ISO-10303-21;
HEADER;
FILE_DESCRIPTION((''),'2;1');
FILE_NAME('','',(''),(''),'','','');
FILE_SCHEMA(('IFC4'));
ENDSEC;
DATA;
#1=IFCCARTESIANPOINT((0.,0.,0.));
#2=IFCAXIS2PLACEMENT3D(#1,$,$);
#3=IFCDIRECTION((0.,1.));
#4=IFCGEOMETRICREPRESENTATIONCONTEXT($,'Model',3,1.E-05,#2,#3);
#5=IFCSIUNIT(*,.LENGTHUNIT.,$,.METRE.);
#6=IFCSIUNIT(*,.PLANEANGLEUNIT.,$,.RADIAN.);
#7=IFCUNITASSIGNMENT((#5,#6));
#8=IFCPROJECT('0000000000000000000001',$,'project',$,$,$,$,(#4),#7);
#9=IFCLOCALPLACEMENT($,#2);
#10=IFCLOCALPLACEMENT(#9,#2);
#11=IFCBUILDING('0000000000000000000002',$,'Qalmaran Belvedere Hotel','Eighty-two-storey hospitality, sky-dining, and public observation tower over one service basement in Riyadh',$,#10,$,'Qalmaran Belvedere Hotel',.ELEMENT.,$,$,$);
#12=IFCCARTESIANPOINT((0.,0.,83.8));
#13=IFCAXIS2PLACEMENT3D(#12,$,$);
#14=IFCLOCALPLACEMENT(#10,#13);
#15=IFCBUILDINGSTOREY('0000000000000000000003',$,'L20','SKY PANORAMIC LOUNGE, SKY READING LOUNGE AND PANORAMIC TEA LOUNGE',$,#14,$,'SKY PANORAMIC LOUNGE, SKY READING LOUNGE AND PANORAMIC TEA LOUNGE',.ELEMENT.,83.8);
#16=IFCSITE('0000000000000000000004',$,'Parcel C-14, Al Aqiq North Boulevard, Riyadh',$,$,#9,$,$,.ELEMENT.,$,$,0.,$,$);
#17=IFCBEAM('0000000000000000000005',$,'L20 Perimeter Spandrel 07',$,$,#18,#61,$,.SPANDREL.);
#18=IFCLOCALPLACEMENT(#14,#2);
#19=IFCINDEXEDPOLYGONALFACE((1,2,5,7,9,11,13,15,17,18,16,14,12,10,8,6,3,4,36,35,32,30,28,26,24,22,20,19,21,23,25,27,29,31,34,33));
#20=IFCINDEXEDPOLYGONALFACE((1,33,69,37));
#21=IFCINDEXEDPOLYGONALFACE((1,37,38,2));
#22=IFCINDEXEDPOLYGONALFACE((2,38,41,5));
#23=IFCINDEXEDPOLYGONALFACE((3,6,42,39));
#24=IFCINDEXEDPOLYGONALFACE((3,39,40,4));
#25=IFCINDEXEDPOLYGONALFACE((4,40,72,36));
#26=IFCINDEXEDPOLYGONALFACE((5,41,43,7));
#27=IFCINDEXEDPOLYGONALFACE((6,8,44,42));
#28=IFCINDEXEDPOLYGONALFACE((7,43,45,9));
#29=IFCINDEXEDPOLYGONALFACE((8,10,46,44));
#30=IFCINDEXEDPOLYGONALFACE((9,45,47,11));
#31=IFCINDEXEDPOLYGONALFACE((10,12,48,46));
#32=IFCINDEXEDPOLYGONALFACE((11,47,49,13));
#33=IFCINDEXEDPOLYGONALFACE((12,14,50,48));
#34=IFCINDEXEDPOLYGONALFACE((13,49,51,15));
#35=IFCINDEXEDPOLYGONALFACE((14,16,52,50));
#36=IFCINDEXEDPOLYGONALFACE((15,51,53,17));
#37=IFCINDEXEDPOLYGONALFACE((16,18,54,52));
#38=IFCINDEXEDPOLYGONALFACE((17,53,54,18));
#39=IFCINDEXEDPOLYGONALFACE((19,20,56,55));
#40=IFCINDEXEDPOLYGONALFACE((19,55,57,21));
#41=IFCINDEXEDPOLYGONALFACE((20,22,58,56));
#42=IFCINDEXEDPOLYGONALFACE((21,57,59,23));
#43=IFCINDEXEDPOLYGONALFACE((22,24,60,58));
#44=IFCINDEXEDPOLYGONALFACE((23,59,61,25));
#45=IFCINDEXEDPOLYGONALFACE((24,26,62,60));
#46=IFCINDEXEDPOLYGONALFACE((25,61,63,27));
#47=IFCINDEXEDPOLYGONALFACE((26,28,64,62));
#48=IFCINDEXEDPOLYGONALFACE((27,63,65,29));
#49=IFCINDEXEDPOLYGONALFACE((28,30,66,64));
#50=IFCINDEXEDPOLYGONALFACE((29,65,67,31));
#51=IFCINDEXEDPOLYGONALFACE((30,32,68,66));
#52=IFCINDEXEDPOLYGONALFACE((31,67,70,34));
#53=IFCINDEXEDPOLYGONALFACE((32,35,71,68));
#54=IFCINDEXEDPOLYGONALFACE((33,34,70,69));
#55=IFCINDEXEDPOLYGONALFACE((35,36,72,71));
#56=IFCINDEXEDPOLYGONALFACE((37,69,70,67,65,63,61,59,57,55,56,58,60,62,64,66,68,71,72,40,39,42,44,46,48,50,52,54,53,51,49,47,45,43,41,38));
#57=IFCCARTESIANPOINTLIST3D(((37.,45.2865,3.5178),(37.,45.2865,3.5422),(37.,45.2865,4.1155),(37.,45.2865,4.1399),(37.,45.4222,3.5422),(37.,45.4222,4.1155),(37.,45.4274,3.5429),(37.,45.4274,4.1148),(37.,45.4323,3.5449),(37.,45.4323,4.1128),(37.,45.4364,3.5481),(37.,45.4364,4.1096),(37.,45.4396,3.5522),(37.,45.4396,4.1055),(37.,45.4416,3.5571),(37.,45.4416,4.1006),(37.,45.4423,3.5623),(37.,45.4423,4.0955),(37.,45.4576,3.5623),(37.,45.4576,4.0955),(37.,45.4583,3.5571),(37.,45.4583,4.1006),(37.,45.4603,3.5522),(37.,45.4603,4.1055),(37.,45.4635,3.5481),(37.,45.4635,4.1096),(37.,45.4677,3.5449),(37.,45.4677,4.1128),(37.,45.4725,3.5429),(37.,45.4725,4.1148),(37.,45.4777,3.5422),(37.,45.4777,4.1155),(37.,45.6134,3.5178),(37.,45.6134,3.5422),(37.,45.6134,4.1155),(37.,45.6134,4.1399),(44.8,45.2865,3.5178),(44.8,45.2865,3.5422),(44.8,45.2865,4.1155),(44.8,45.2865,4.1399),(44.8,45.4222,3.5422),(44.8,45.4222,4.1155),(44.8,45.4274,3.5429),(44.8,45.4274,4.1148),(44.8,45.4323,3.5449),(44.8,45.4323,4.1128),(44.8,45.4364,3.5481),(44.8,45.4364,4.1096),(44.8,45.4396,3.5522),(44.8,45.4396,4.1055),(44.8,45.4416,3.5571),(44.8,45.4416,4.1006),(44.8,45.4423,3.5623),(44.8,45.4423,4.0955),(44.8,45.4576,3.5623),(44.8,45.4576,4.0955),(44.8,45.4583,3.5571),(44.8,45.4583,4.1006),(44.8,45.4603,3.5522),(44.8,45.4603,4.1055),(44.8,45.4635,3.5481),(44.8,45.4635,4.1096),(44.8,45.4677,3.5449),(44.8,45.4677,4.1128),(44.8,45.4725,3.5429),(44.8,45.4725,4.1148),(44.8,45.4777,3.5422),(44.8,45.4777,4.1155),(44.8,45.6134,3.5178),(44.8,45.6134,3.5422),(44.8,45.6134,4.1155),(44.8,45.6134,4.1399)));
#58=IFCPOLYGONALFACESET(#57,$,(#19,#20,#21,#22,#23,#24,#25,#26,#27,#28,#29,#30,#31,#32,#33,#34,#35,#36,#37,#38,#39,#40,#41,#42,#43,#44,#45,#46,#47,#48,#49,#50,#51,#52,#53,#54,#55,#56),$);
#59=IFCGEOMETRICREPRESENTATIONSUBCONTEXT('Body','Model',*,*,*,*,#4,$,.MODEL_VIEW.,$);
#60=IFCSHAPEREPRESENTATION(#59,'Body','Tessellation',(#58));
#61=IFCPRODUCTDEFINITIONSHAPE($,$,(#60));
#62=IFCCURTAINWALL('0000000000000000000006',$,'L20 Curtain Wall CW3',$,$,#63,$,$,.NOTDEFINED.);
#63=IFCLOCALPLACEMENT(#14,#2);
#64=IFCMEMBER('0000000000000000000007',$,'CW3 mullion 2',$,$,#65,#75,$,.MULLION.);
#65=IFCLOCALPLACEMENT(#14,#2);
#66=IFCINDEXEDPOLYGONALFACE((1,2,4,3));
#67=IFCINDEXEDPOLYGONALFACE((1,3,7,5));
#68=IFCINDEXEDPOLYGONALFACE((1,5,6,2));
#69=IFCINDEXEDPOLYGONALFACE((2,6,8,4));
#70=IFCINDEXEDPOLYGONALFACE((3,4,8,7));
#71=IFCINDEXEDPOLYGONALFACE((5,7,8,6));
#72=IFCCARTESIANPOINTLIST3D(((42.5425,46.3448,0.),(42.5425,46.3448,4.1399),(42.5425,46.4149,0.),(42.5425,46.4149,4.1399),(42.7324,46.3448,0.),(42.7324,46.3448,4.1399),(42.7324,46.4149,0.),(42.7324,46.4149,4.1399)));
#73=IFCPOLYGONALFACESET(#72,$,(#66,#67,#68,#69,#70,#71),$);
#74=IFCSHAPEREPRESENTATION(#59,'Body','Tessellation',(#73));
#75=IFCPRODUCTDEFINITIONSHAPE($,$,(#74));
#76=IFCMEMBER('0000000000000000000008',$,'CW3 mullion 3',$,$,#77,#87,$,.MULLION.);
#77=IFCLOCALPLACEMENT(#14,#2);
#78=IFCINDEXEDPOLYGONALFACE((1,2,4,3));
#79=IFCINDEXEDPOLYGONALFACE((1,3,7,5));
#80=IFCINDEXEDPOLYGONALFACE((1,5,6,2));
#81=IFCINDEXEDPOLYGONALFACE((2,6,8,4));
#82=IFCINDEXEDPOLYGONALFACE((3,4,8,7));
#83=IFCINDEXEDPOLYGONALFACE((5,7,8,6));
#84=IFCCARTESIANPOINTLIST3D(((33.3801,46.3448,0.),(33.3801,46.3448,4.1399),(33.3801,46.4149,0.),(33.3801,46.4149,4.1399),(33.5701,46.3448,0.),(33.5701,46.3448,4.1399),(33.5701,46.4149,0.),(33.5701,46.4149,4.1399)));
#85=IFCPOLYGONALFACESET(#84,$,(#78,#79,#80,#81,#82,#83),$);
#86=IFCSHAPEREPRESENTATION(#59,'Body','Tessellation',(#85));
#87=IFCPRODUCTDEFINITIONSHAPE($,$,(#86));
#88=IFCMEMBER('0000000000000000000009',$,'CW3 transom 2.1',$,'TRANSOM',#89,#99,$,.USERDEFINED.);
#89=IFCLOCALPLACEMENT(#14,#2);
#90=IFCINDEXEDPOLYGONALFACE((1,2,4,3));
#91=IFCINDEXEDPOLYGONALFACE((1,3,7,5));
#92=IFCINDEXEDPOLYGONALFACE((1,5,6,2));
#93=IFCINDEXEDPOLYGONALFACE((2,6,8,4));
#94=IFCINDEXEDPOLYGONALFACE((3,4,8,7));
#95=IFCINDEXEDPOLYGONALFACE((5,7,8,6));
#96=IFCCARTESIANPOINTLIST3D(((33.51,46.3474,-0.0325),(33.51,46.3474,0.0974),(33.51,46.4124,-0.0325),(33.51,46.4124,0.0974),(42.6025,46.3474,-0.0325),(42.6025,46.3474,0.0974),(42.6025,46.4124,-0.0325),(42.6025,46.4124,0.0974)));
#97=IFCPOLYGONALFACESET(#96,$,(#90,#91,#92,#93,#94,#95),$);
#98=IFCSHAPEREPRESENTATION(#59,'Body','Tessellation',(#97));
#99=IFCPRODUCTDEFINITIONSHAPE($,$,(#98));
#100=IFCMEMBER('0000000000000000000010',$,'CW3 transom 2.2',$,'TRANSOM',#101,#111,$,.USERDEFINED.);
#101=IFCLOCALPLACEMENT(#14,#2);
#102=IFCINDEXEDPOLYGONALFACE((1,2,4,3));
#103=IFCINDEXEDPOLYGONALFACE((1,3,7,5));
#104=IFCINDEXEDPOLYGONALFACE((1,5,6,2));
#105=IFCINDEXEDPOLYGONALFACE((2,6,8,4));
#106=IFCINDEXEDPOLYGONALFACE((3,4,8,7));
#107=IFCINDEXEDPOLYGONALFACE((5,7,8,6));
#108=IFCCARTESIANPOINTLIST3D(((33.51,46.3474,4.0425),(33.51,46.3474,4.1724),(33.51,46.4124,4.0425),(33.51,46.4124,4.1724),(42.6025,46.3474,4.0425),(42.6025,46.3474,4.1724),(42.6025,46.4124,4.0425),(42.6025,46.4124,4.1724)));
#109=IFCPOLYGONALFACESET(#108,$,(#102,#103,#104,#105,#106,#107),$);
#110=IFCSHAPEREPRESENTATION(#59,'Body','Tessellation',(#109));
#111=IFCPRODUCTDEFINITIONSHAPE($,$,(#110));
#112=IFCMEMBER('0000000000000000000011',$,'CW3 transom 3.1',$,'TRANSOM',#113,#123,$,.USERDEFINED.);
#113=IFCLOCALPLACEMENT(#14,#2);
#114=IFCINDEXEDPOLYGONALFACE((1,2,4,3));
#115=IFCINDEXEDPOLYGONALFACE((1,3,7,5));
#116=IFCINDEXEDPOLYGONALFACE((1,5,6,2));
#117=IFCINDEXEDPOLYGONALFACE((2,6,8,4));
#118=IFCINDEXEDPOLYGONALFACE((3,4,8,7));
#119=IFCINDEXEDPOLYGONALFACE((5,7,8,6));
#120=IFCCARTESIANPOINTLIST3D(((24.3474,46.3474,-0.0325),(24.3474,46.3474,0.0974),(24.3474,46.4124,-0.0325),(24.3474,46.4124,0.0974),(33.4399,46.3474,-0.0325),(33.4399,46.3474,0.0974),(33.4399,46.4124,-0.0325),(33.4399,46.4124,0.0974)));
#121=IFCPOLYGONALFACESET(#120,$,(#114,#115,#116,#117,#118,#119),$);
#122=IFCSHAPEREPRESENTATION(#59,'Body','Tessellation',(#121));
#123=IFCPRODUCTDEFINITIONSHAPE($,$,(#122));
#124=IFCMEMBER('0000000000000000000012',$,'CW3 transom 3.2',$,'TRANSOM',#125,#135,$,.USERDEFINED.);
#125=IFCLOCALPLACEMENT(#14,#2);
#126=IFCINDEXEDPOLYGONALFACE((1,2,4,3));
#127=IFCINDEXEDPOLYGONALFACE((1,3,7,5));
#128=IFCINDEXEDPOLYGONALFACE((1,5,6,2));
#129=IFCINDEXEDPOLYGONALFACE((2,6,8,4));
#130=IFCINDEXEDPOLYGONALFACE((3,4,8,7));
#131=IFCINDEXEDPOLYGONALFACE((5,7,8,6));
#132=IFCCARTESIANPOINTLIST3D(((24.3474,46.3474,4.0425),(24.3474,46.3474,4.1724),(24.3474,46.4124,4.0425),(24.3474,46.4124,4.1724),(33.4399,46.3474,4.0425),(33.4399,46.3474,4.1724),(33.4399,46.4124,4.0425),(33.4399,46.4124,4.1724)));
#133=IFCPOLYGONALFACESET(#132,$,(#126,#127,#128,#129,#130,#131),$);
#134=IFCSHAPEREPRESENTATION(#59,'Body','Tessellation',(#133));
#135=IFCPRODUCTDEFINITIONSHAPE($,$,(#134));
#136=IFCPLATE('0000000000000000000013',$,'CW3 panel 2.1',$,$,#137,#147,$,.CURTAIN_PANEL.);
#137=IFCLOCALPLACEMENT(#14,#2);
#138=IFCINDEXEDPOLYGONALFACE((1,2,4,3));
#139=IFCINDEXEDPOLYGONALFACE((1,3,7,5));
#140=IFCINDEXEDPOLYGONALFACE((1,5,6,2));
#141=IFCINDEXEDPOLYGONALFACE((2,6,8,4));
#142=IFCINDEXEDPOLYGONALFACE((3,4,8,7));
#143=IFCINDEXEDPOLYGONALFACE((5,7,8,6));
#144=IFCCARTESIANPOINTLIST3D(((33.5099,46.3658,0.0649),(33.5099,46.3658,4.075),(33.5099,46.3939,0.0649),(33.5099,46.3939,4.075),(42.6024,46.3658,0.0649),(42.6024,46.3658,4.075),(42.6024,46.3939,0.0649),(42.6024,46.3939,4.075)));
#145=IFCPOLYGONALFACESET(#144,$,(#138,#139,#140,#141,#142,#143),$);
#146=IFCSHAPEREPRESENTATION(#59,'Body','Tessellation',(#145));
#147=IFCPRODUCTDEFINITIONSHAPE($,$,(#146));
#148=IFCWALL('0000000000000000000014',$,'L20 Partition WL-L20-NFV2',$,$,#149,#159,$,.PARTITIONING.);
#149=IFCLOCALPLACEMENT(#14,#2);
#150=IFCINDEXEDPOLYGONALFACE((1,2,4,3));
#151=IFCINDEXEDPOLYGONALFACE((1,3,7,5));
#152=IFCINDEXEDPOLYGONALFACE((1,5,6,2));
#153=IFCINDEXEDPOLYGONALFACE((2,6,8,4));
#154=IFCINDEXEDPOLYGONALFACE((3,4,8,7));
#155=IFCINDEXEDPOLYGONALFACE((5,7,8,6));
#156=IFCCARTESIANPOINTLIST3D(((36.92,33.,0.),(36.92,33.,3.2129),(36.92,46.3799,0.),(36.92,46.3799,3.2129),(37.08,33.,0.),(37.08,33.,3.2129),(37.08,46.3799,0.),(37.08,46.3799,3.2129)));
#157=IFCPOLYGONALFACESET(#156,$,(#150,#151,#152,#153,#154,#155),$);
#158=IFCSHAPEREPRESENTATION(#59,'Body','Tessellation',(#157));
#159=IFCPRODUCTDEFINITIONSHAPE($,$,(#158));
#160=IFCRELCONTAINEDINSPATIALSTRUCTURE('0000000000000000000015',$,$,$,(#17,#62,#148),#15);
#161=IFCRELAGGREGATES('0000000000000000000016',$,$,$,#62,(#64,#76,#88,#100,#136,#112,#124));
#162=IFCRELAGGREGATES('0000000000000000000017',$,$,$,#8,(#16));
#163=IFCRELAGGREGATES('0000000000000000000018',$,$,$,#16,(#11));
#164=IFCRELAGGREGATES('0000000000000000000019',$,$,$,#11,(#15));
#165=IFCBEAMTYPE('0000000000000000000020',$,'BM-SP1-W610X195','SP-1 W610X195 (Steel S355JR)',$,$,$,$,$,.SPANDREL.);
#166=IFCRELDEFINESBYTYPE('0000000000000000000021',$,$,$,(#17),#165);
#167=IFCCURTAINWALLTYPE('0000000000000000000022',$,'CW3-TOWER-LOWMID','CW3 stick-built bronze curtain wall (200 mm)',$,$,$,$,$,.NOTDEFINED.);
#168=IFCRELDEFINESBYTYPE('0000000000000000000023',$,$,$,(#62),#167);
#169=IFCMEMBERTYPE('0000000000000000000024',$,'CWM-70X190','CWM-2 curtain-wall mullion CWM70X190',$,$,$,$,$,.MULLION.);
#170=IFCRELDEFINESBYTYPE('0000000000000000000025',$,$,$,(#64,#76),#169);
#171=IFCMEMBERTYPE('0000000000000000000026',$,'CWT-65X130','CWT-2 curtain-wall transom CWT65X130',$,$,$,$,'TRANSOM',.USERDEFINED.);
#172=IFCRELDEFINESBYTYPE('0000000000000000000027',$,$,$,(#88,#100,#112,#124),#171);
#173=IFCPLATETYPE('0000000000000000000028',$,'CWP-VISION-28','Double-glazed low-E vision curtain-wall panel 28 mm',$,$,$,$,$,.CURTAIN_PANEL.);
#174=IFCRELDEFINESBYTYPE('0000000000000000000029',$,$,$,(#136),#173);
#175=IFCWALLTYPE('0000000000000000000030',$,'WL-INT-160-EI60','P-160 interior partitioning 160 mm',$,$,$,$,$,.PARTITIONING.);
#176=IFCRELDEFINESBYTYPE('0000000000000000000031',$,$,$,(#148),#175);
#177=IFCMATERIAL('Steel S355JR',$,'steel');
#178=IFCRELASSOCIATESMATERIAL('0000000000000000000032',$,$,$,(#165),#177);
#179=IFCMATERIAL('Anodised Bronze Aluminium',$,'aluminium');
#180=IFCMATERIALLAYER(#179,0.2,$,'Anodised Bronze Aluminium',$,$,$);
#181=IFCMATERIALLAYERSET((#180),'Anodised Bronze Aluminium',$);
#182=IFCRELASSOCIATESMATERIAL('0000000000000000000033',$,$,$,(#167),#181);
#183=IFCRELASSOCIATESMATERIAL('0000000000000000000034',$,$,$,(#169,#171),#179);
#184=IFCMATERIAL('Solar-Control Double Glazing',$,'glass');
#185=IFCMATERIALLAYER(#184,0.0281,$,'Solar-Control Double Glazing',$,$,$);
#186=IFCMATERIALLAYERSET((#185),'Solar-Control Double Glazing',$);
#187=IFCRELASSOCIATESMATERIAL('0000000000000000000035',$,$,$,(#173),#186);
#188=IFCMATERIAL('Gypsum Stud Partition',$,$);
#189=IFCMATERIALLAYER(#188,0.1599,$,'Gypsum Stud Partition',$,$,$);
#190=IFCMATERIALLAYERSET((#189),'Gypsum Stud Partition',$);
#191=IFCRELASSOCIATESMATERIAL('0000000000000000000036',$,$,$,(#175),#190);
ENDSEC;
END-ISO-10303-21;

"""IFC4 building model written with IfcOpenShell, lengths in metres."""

from ifc_helpers import new_model, si_unit, direction, frame, frame_2d, origin, origin_2d, place, context, subcontext, project, spatial, rectangle, i_section, extrude, material, layer, layer_set, material_profile, profile_set, type_object, element, aggregate, save


model = new_model("IFC4")

# Units and contexts
model_context = context("Model", 3, precision=1e-05, world=origin(), true_north=direction((0.0, 1.0)))
body_context = subcontext(model_context, "Body", "Model", "MODEL_VIEW")
ifc_project = project(units=[si_unit("LENGTHUNIT", "METRE"), si_unit("PLANEANGLEUNIT", "RADIAN")], contexts=[model_context])

# Site, building, storey
site_placement = place(None, origin())
site = spatial("IfcSite", under=ifc_project, at=site_placement, Name="Parcel C-14, Al Aqiq North Boulevard, Riyadh", CompositionType="ELEMENT", RefElevation=0.0)
building_placement = place(site_placement, origin())
building = spatial("IfcBuilding", under=site, at=building_placement, Name="Qalmaran Belvedere Hotel", Description="Eighty-two-storey hospitality, sky-dining, and public observation tower over one service basement in Riyadh", LongName="Qalmaran Belvedere Hotel", CompositionType="ELEMENT")
storey_placement = place(building_placement, frame((0.0, 0.0, 83.8)))
storey = spatial("IfcBuildingStorey", under=building, at=storey_placement, Name="L20", Description="SKY PANORAMIC LOUNGE, SKY READING LOUNGE AND PANORAMIC TEA LOUNGE", LongName="SKY PANORAMIC LOUNGE, SKY READING LOUNGE AND PANORAMIC TEA LOUNGE", CompositionType="ELEMENT", Elevation=83.8)

# Beam
ifc_material_1 = material(Name="Steel S355JR", Category="steel")
ifc_material_profile_1 = material_profile(ifc_material_1, i_section(OverallWidth=0.3269, OverallDepth=0.6221, WebThickness=0.0154, FlangeThickness=0.0244, FilletRadius=0.02, at=origin_2d()), Name="W610X195")
ifc_profile_set_1 = profile_set([ifc_material_profile_1], Name="Steel S355JR")
beam_type_1 = type_object("IfcBeamType", Name="BM-SP1-W610X195", Description="SP-1 W610X195 (Steel S355JR)", PredefinedType="SPANDREL", material=ifc_profile_set_1)
for number, where, z_axis, x_axis, name in (
    (1, (37.0, 45.45, 3.8289), (1.0, 0.0, 0.0), (0.0, 1.0, 0.0), "L20 Perimeter Spandrel 07"),
):
    element("IfcBeam", number, at=place(storey_placement, frame(where, z_axis=z_axis, x_axis=x_axis)), inside=storey, type_object=beam_type_1, Name=name, PredefinedType="SPANDREL", context=body_context, shape_type="SweptSolid", body=[
        extrude(i_section(OverallWidth=0.3269, OverallDepth=0.6221, WebThickness=0.0154, FlangeThickness=0.0244, FilletRadius=0.02, at=origin_2d()), origin(), (0.0, 0.0, 1.0), 7.8),
    ])

# Curtain wall, members, plate
ifc_material_2 = material(Name="Anodised Bronze Aluminium", Category="aluminium")
ifc_layer_1 = layer(ifc_material_2, 0.2, Name="Anodised Bronze Aluminium")
ifc_layer_set_1 = layer_set([ifc_layer_1], Name="Anodised Bronze Aluminium")
curtain_wall_type = type_object("IfcCurtainWallType", Name="CW3-TOWER-LOWMID", Description="CW3 stick-built bronze curtain wall (200 mm)", PredefinedType="NOTDEFINED", material=ifc_layer_set_1)
curtain_wall_placement = place(storey_placement, origin())
curtain_wall = element("IfcCurtainWall", 2, at=curtain_wall_placement, inside=storey, type_object=curtain_wall_type, Name="L20 Curtain Wall CW3", PredefinedType="NOTDEFINED")
ifc_material_profile_2 = material_profile(ifc_material_2, rectangle(XDim=0.0701, YDim=0.1899, at=origin_2d()), Name="CWM70X190")
ifc_profile_set_2 = profile_set([ifc_material_profile_2], Name="Anodised Bronze Aluminium")
member_type_1 = type_object("IfcMemberType", Name="CWM-70X190", Description="CWM-2 curtain-wall mullion CWM70X190", PredefinedType="MULLION", material=ifc_profile_set_2)
member_1_placement = place(storey_placement, frame((42.6375, 46.3799, 0.0), z_axis=(0.0, 0.0, 1.0), x_axis=(0.0, -1.0, 0.0)))
member_1 = element("IfcMember", 3, at=member_1_placement, type_object=member_type_1, Name="CW3 mullion 2", PredefinedType="MULLION", context=body_context, shape_type="SweptSolid", body=[
    extrude(rectangle(XDim=0.0701, YDim=0.1899, at=origin_2d()), origin(), (0.0, 0.0, 1.0), 4.1399),
])
member_2_placement = place(storey_placement, frame((33.4751, 46.3799, 0.0), z_axis=(0.0, 0.0, 1.0), x_axis=(0.0, -1.0, 0.0)))
member_2 = element("IfcMember", 4, at=member_2_placement, type_object=member_type_1, Name="CW3 mullion 3", PredefinedType="MULLION", context=body_context, shape_type="SweptSolid", body=[
    extrude(rectangle(XDim=0.0701, YDim=0.1899, at=origin_2d()), origin(), (0.0, 0.0, 1.0), 4.1399),
])
ifc_material_profile_3 = material_profile(ifc_material_2, rectangle(XDim=0.0649, YDim=0.1299, at=origin_2d()), Name="CWT65X130")
ifc_profile_set_3 = profile_set([ifc_material_profile_3], Name="Anodised Bronze Aluminium")
member_type_2 = type_object("IfcMemberType", Name="CWT-65X130", Description="CWT-2 curtain-wall transom CWT65X130", ElementType="TRANSOM", PredefinedType="USERDEFINED", material=ifc_profile_set_3)
member_3_placement = place(storey_placement, frame((42.6025, 46.3799, 0.0325), z_axis=(-1.0, 0.0, 0.0), x_axis=(0.0, -1.0, 0.0)))
member_3 = element("IfcMember", 5, at=member_3_placement, type_object=member_type_2, Name="CW3 transom 2.1", ObjectType="TRANSOM", PredefinedType="USERDEFINED", context=body_context, shape_type="SweptSolid", body=[
    extrude(rectangle(XDim=0.0649, YDim=0.1299, at=origin_2d()), origin(), (0.0, 0.0, 1.0), 9.0925),
])
member_4_placement = place(storey_placement, frame((42.6025, 46.3799, 4.1074), z_axis=(-1.0, 0.0, 0.0), x_axis=(0.0, -1.0, 0.0)))
member_4 = element("IfcMember", 6, at=member_4_placement, type_object=member_type_2, Name="CW3 transom 2.2", ObjectType="TRANSOM", PredefinedType="USERDEFINED", context=body_context, shape_type="SweptSolid", body=[
    extrude(rectangle(XDim=0.0649, YDim=0.1299, at=origin_2d()), origin(), (0.0, 0.0, 1.0), 9.0925),
])
member_5_placement = place(storey_placement, frame((33.4399, 46.3799, 0.0325), z_axis=(-1.0, 0.0, 0.0), x_axis=(0.0, -1.0, 0.0)))
member_5 = element("IfcMember", 7, at=member_5_placement, type_object=member_type_2, Name="CW3 transom 3.1", ObjectType="TRANSOM", PredefinedType="USERDEFINED", context=body_context, shape_type="SweptSolid", body=[
    extrude(rectangle(XDim=0.0649, YDim=0.1299, at=origin_2d()), origin(), (0.0, 0.0, 1.0), 9.0925),
])
member_6_placement = place(storey_placement, frame((33.4399, 46.3799, 4.1074), z_axis=(-1.0, 0.0, 0.0), x_axis=(0.0, -1.0, 0.0)))
member_6 = element("IfcMember", 8, at=member_6_placement, type_object=member_type_2, Name="CW3 transom 3.2", ObjectType="TRANSOM", PredefinedType="USERDEFINED", context=body_context, shape_type="SweptSolid", body=[
    extrude(rectangle(XDim=0.0649, YDim=0.1299, at=origin_2d()), origin(), (0.0, 0.0, 1.0), 9.0925),
])
ifc_material_3 = material(Name="Solar-Control Double Glazing", Category="glass")
ifc_layer_2 = layer(ifc_material_3, 0.0281, Name="Solar-Control Double Glazing")
ifc_layer_set_2 = layer_set([ifc_layer_2], Name="Solar-Control Double Glazing")
plate_type = type_object("IfcPlateType", Name="CWP-VISION-28", Description="Double-glazed low-E vision curtain-wall panel 28 mm", PredefinedType="CURTAIN_PANEL", material=ifc_layer_set_2)
plate_placement = place(storey_placement, frame((38.0562, 46.3799, 0.0649), z_axis=(0.0, 0.0, 1.0), x_axis=(-1.0, 0.0, 0.0)))
plate = element("IfcPlate", 9, at=plate_placement, type_object=plate_type, Name="CW3 panel 2.1", PredefinedType="CURTAIN_PANEL", context=body_context, shape_type="SweptSolid", body=[
    extrude(rectangle(XDim=9.0925, YDim=0.0281, at=origin_2d()), origin(), (0.0, 0.0, 1.0), 4.01),
])
aggregate(curtain_wall, [member_1, member_2, member_3, member_4, plate, member_5, member_6])

# Wall
ifc_material_4 = material(Name="Gypsum Stud Partition")
ifc_layer_3 = layer(ifc_material_4, 0.1599, Name="Gypsum Stud Partition")
ifc_layer_set_3 = layer_set([ifc_layer_3], Name="Gypsum Stud Partition")
wall_type_1 = type_object("IfcWallType", Name="WL-INT-160-EI60", Description="P-160 interior partitioning 160 mm", PredefinedType="PARTITIONING", material=ifc_layer_set_3)
wall_1_placement = place(storey_placement, frame((37.0, 33.0, 0.0), z_axis=(0.0, 0.0, 1.0), x_axis=(0.0, 1.0, 0.0)))
element("IfcWall", 10, at=wall_1_placement, inside=storey, type_object=wall_type_1, Name="L20 Partition WL-L20-NFV2", PredefinedType="PARTITIONING", context=body_context, shape_type="SweptSolid", body=[
    extrude(rectangle(XDim=13.3799, YDim=0.1599, at=frame_2d((6.6899, 0.0))), origin(), (0.0, 0.0, 1.0), 3.2129),
])

save(model, "model.ifc")
